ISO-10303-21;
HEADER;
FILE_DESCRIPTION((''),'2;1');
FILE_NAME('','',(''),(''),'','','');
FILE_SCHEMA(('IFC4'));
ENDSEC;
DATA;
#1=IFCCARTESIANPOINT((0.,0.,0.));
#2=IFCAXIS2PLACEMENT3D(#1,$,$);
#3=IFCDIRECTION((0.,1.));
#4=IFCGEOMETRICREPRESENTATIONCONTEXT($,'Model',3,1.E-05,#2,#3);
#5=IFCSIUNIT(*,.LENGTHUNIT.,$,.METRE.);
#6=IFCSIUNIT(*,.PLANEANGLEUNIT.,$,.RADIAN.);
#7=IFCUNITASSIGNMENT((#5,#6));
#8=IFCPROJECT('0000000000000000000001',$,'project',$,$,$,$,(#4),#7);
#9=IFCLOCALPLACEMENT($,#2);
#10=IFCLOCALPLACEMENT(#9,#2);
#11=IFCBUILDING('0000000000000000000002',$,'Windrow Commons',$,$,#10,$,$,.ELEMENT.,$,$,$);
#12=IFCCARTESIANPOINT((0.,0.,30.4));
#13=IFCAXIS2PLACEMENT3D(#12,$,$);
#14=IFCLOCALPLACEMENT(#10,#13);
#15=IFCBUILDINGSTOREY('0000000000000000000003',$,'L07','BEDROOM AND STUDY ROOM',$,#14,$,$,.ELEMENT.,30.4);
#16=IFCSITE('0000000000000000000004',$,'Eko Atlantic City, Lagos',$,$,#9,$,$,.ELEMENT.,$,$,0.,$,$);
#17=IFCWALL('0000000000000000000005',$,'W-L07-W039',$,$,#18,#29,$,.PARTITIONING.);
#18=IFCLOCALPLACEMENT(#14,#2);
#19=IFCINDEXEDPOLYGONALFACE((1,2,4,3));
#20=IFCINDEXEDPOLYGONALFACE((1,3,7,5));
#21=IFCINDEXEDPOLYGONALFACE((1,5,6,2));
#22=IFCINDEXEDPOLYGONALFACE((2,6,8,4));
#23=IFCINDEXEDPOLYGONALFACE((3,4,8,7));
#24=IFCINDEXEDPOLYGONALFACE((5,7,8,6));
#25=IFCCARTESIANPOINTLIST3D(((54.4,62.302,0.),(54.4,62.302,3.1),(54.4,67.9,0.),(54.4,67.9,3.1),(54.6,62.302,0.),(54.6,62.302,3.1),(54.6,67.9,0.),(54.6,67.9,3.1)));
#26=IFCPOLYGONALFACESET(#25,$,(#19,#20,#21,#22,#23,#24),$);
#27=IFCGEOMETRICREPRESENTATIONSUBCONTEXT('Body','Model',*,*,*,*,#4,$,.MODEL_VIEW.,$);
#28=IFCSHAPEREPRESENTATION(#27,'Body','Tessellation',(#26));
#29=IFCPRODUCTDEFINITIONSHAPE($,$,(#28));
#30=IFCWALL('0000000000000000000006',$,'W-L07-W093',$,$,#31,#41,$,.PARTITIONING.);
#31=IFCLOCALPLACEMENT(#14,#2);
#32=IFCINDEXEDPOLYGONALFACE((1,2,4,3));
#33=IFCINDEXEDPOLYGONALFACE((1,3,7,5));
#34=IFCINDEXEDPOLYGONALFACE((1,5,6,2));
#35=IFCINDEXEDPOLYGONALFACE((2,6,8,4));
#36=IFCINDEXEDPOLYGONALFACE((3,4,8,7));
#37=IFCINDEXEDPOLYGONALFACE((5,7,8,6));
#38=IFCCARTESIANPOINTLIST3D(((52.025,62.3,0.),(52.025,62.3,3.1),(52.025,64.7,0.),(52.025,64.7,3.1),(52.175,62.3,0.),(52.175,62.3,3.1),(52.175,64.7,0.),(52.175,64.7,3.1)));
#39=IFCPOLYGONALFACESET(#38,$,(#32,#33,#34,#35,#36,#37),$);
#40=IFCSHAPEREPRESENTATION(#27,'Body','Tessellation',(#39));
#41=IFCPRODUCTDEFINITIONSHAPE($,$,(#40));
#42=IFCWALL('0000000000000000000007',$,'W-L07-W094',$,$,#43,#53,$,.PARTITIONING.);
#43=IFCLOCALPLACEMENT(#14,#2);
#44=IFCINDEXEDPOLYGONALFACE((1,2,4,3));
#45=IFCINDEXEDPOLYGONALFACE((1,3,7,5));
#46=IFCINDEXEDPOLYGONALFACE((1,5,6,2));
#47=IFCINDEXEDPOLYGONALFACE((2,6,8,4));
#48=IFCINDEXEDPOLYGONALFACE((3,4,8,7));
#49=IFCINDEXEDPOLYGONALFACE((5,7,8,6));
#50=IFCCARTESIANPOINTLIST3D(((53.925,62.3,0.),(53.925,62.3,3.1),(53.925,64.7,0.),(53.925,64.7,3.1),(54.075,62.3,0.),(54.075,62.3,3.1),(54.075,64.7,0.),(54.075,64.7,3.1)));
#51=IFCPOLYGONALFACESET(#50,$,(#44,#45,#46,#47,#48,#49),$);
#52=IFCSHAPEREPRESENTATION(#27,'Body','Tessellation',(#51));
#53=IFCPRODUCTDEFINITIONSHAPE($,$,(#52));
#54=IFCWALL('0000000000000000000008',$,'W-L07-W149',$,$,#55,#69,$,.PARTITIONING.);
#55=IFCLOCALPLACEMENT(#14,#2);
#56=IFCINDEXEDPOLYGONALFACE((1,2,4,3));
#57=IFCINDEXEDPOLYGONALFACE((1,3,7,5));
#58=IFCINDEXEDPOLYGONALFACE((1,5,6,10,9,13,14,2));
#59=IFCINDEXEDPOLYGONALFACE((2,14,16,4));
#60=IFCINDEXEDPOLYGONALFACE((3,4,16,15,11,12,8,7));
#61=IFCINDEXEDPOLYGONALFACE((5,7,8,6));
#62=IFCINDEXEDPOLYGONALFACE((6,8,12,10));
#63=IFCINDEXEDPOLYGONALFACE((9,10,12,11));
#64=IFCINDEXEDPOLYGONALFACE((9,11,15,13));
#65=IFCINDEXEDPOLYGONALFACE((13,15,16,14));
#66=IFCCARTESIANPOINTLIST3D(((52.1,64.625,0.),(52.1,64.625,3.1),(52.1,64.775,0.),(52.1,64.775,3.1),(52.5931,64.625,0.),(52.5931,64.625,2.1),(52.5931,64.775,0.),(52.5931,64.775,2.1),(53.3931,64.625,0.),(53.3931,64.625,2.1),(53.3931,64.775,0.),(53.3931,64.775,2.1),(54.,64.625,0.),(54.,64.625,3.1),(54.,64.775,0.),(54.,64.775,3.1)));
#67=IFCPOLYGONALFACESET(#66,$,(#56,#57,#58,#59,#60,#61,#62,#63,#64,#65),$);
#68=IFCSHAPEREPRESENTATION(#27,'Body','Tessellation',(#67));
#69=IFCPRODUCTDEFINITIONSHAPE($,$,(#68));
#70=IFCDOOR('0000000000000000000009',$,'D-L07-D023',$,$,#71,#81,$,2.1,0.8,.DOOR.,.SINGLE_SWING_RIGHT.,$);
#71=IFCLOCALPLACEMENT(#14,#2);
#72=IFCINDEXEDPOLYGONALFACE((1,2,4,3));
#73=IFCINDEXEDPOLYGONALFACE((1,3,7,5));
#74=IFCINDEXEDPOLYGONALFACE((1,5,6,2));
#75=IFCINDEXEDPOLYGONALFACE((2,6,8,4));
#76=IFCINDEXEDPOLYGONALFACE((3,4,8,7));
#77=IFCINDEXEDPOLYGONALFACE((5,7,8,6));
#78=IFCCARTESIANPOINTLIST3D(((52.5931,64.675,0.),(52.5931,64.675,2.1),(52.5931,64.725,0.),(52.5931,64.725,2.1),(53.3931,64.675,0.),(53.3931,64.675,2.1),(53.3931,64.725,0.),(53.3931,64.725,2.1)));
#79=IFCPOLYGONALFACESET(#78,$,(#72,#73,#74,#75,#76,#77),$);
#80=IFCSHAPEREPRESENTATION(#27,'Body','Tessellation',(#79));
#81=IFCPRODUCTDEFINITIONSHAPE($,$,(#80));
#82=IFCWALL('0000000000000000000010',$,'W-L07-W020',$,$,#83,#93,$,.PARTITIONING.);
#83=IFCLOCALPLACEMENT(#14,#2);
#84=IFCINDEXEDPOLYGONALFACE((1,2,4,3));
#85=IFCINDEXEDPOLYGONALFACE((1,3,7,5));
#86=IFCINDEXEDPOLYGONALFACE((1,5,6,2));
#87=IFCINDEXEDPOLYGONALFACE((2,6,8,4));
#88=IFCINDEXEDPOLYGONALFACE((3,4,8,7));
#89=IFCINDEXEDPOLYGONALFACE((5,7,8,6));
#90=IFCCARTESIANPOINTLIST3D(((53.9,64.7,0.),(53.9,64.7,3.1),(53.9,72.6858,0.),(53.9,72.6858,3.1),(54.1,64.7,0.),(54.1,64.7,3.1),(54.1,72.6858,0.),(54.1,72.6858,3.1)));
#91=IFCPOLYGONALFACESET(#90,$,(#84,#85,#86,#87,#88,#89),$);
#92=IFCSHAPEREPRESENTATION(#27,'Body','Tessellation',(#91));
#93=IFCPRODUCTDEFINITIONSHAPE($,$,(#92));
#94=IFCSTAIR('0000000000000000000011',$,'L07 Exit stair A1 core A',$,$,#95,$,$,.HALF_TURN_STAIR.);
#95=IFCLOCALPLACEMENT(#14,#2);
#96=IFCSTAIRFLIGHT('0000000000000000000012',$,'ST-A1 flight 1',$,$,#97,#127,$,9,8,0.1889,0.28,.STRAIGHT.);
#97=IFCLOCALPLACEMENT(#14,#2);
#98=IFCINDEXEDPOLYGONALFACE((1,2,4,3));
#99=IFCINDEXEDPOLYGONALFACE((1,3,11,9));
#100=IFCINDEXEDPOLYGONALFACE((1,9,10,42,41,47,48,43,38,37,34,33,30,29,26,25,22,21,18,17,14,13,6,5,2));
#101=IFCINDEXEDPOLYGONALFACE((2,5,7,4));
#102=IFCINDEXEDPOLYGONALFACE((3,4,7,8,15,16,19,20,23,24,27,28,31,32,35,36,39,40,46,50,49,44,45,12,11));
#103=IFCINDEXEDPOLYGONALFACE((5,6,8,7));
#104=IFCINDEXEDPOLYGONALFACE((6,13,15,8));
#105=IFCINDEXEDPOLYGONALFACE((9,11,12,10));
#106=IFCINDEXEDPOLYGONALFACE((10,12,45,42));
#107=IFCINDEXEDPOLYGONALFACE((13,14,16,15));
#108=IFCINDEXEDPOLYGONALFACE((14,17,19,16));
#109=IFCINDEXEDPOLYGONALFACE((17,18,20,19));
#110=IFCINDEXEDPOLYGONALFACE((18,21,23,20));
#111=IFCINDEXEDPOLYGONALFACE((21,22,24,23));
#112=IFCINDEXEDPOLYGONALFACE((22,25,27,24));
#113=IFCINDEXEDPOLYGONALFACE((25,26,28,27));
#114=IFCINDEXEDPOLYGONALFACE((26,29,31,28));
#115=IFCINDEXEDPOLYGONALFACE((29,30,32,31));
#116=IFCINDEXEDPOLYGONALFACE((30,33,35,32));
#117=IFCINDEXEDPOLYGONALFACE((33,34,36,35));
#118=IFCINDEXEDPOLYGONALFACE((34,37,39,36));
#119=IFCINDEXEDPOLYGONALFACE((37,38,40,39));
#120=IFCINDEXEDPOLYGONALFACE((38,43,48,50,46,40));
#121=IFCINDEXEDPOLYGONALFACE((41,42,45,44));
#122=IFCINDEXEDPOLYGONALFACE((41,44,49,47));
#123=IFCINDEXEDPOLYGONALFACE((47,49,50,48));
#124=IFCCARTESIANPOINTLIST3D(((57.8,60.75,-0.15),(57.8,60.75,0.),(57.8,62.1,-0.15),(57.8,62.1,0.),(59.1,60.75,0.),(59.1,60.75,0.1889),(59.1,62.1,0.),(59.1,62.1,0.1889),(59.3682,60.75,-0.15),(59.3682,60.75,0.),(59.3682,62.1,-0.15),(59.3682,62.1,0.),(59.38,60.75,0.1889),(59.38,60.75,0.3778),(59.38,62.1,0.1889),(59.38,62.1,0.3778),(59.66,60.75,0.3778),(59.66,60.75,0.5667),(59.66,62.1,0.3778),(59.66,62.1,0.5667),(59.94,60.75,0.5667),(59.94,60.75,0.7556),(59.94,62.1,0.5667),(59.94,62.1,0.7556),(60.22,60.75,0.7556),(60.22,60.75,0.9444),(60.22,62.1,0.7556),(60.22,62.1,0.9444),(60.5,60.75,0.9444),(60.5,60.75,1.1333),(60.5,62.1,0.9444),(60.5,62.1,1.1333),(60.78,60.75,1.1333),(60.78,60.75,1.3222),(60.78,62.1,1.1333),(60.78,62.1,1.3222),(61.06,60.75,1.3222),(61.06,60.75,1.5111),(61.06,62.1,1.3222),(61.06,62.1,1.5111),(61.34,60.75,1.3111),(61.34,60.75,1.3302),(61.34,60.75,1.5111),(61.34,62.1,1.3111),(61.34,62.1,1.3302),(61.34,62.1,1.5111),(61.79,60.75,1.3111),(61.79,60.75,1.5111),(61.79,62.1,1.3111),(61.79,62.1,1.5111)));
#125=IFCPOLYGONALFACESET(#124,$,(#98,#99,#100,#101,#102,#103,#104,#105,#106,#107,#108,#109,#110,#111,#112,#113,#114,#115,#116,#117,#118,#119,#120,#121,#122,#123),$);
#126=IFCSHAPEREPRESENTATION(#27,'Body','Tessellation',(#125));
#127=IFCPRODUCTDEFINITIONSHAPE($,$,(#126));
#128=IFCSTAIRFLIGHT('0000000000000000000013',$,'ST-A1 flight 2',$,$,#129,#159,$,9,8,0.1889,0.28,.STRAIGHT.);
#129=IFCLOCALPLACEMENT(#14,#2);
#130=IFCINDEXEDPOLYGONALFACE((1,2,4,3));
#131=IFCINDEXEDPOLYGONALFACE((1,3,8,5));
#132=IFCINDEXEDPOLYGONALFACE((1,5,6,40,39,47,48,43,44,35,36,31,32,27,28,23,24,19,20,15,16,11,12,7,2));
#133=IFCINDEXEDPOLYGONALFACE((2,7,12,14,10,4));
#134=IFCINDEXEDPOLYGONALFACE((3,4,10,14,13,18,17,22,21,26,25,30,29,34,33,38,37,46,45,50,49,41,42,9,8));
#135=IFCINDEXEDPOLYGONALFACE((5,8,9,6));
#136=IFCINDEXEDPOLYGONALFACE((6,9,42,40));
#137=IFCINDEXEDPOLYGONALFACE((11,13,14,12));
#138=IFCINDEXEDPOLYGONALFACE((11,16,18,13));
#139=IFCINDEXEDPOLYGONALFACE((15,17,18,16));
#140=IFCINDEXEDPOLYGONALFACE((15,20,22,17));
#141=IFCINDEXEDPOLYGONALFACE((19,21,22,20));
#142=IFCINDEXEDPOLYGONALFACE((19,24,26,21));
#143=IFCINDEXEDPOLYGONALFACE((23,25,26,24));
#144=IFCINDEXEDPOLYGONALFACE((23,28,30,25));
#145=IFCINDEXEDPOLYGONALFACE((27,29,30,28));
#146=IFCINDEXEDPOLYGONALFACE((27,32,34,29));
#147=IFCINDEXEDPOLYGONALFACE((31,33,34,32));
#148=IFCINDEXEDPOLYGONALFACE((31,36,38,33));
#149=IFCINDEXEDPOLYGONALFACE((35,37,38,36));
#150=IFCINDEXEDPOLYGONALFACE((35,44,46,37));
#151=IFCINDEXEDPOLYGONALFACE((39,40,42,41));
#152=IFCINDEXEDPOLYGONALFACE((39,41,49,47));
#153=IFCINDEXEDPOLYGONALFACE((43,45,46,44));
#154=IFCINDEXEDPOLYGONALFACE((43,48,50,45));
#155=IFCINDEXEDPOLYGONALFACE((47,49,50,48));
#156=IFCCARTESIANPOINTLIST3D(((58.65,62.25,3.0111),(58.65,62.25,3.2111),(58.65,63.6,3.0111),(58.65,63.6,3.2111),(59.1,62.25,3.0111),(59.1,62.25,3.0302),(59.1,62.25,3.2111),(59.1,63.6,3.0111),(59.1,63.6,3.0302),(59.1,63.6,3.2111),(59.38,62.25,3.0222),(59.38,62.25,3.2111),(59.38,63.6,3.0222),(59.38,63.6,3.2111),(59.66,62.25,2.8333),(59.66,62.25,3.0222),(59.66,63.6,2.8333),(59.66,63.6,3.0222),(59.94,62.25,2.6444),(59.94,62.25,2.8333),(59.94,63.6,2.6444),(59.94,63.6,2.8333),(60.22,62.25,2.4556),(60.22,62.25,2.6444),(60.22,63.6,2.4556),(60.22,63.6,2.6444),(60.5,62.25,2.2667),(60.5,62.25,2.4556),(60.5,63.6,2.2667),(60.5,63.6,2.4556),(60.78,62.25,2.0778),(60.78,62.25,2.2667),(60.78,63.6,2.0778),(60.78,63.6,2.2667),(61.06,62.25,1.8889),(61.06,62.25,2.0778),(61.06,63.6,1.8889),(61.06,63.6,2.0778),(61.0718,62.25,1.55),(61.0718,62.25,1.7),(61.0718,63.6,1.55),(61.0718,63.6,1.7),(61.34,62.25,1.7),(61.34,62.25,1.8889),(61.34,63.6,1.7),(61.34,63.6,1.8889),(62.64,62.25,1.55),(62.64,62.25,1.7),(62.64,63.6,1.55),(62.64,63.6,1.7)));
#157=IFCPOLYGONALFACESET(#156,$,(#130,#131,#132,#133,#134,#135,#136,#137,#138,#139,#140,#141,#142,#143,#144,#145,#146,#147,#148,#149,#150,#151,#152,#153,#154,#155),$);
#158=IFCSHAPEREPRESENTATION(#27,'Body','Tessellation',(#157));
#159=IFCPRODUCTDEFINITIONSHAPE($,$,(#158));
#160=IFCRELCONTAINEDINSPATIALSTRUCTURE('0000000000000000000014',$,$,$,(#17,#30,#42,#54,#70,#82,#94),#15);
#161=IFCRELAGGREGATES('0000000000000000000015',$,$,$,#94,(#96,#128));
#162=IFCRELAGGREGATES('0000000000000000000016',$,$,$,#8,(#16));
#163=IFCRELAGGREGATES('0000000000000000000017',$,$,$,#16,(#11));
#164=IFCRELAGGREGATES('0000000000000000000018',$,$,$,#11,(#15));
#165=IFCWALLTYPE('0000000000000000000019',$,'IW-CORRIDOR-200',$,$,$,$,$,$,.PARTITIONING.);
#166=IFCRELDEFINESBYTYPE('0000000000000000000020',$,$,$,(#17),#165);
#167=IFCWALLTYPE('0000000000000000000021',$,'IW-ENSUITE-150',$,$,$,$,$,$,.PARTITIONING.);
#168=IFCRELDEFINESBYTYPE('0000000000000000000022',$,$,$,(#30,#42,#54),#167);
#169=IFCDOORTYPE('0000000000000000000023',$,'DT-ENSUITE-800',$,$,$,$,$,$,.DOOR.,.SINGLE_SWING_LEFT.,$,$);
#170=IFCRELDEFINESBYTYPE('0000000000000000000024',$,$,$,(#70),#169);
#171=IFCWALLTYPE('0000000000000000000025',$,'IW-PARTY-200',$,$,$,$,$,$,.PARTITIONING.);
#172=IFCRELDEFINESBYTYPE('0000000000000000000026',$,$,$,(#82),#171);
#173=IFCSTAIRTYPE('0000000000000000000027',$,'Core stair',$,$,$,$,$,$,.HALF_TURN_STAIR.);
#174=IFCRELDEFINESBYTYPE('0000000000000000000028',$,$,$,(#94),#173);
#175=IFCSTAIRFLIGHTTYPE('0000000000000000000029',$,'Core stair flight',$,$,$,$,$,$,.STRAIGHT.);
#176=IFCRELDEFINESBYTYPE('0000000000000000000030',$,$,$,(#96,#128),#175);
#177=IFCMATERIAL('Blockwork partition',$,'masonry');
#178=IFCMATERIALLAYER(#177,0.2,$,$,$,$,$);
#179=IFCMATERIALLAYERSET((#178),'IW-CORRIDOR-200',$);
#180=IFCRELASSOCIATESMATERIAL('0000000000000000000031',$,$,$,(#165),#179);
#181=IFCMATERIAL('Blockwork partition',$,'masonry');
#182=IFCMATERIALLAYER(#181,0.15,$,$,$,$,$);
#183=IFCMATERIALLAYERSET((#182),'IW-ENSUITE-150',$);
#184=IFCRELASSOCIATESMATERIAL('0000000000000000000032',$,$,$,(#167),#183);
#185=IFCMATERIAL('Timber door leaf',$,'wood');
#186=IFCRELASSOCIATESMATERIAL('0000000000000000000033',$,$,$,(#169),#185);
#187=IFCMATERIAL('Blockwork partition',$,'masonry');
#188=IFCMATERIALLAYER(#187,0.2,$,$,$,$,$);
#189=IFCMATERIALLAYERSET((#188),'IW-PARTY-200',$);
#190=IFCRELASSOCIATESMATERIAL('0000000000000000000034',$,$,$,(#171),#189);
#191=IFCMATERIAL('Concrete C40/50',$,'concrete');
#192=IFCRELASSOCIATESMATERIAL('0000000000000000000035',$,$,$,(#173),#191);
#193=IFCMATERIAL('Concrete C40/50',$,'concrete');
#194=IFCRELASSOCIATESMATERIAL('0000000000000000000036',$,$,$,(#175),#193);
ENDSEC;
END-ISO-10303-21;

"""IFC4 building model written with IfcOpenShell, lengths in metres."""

from ifc_helpers import new_model, si_unit, direction, frame, frame_2d, origin, place, context, subcontext, project, spatial, polyline, rectangle, outline, extrude, material, layer, layer_set, type_object, element, fill, aggregate, save


model = new_model("IFC4")

# Units and contexts
model_context = context("Model", 3, precision=1e-05, world=origin(), true_north=direction((0.0, 1.0)))
body_context = subcontext(model_context, "Body", "Model", "MODEL_VIEW")
ifc_project = project(units=[si_unit("LENGTHUNIT", "METRE"), si_unit("PLANEANGLEUNIT", "RADIAN")], contexts=[model_context])

# Site, building, storey
site_placement = place(None, origin())
site = spatial("IfcSite", under=ifc_project, at=site_placement, Name="Eko Atlantic City, Lagos", CompositionType="ELEMENT", RefElevation=0.0)
building_placement = place(site_placement, origin())
building = spatial("IfcBuilding", under=site, at=building_placement, Name="Windrow Commons", CompositionType="ELEMENT")
storey_placement = place(building_placement, frame((0.0, 0.0, 30.4)))
storey = spatial("IfcBuildingStorey", under=building, at=storey_placement, Name="L07", Description="BEDROOM AND STUDY ROOM", CompositionType="ELEMENT", Elevation=30.4)

# Walls
ifc_material_1 = material(Name="Blockwork partition", Category="masonry")
ifc_layer_1 = layer(ifc_material_1, 0.2)
ifc_layer_set_1 = layer_set([ifc_layer_1], Name="IW-CORRIDOR-200")
wall_type_1 = type_object("IfcWallType", Name="IW-CORRIDOR-200", PredefinedType="PARTITIONING", material=ifc_layer_set_1)
wall_1_placement = place(storey_placement, frame((54.5, 62.302, 0.0), z_axis=(0.0, 0.0, 1.0), x_axis=(0.0, 1.0, 0.0)))
element("IfcWall", 1, at=wall_1_placement, inside=storey, type_object=wall_type_1, Name="W-L07-W039", PredefinedType="PARTITIONING", context=body_context, shape_type="SweptSolid", body=[
    extrude(rectangle(XDim=5.598, YDim=0.2, at=frame_2d((2.799, 0.0))), origin(), (0.0, 0.0, 1.0), 3.1),
])
ifc_material_2 = material(Name="Blockwork partition", Category="masonry")
ifc_layer_2 = layer(ifc_material_2, 0.15)
ifc_layer_set_2 = layer_set([ifc_layer_2], Name="IW-ENSUITE-150")
wall_type_2 = type_object("IfcWallType", Name="IW-ENSUITE-150", PredefinedType="PARTITIONING", material=ifc_layer_set_2)
for number, where, z_axis, x_axis, name in (
    (2, (52.1, 62.3, 0.0), (0.0, 0.0, 1.0), (0.0, 1.0, 0.0), "W-L07-W093"),
    (3, (54.0, 62.3, 0.0), (0.0, 0.0, 1.0), (0.0, 1.0, 0.0), "W-L07-W094"),
):
    element("IfcWall", number, at=place(storey_placement, frame(where, z_axis=z_axis, x_axis=x_axis)), inside=storey, type_object=wall_type_2, Name=name, PredefinedType="PARTITIONING", context=body_context, shape_type="SweptSolid", body=[
        extrude(rectangle(XDim=2.4, YDim=0.15, at=frame_2d((1.2, 0.0))), origin(), (0.0, 0.0, 1.0), 3.1),
    ])

# Wall, opening, door
wall_2_placement = place(storey_placement, frame((52.1, 64.7, 0.0), z_axis=(0.0, 0.0, 1.0), x_axis=(1.0, 0.0, 0.0)))
wall_2 = element("IfcWall", 4, at=wall_2_placement, inside=storey, type_object=wall_type_2, Name="W-L07-W149", PredefinedType="PARTITIONING", context=body_context, shape_type="SweptSolid", body=[
    extrude(rectangle(XDim=1.9, YDim=0.15, at=frame_2d((0.95, 0.0))), origin(), (0.0, 0.0, 1.0), 3.1),
])
opening_placement = place(wall_2_placement, frame((0.4931, 0.0, 0.0)))
opening = element("IfcOpeningElement", 5, at=opening_placement, cuts=wall_2, PredefinedType="OPENING", context=body_context, shape_type="SweptSolid", body=[
    extrude(rectangle(XDim=0.8, YDim=2.1, at=frame_2d((0.4, 1.05))), frame((0.0, 0.085, 0.0), z_axis=(0.0, -1.0, 0.0), x_axis=(1.0, 0.0, 0.0)), (0.0, 0.0, 1.0), 0.17),
])
ifc_material_3 = material(Name="Timber door leaf", Category="wood")
door_type = type_object("IfcDoorType", Name="DT-ENSUITE-800", OperationType="SINGLE_SWING_LEFT", PredefinedType="DOOR", material=ifc_material_3)
door_placement = place(opening_placement, origin())
door = element("IfcDoor", 6, at=door_placement, inside=storey, type_object=door_type, Name="D-L07-D023", OperationType="SINGLE_SWING_RIGHT", OverallHeight=2.1, OverallWidth=0.8, PredefinedType="DOOR", context=body_context, shape_type="SweptSolid", body=[
    extrude(rectangle(XDim=0.8, YDim=2.1, at=frame_2d((0.4, 1.05))), frame((0.0, 0.025, 0.0), z_axis=(0.0, -1.0, 0.0), x_axis=(1.0, 0.0, 0.0)), (0.0, 0.0, 1.0), 0.05),
])
fill(opening, door)

# Wall
ifc_material_4 = material(Name="Blockwork partition", Category="masonry")
ifc_layer_3 = layer(ifc_material_4, 0.2)
ifc_layer_set_3 = layer_set([ifc_layer_3], Name="IW-PARTY-200")
wall_type_3 = type_object("IfcWallType", Name="IW-PARTY-200", PredefinedType="PARTITIONING", material=ifc_layer_set_3)
wall_3_placement = place(storey_placement, frame((54.0, 64.7, 0.0), z_axis=(0.0, 0.0, 1.0), x_axis=(0.0, 1.0, 0.0)))
element("IfcWall", 7, at=wall_3_placement, inside=storey, type_object=wall_type_3, Name="W-L07-W020", PredefinedType="PARTITIONING", context=body_context, shape_type="SweptSolid", body=[
    extrude(rectangle(XDim=7.9859, YDim=0.2, at=frame_2d((3.9929, 0.0))), origin(), (0.0, 0.0, 1.0), 3.1),
])

# Stair, stair flights
ifc_material_5 = material(Name="Concrete C40/50", Category="concrete")
stair_type = type_object("IfcStairType", Name="Core stair", PredefinedType="HALF_TURN_STAIR", material=ifc_material_5)
stair_placement = place(storey_placement, origin())
stair = element("IfcStair", 8, at=stair_placement, inside=storey, type_object=stair_type, Name="L07 Exit stair A1 core A", PredefinedType="HALF_TURN_STAIR")
ifc_material_6 = material(Name="Concrete C40/50", Category="concrete")
stair_flight_type = type_object("IfcStairFlightType", Name="Core stair flight", PredefinedType="STRAIGHT", material=ifc_material_6)
stair_flight_1_placement = place(storey_placement, frame((59.1, 61.425, 0.0), z_axis=(0.0, 0.0, 1.0), x_axis=(1.0, 0.0, 0.0)))
stair_flight_1 = element("IfcStairFlight", 9, at=stair_flight_1_placement, type_object=stair_flight_type, Name="ST-A1 flight 1", NumberOfRisers=9, NumberOfTreads=8, PredefinedType="STRAIGHT", RiserHeight=0.1889, TreadLength=0.28, context=body_context, shape_type="SweptSolid", body=[
    extrude(outline(polyline([(-1.3, -0.15), (-1.3, 0.0), (0.0, 0.0), (0.0, 0.1889), (0.28, 0.1889), (0.28, 0.3778), (0.56, 0.3778), (0.56, 0.5667), (0.84, 0.5667), (0.84, 0.7556), (1.12, 0.7556), (1.12, 0.9444), (1.4, 0.9444), (1.4, 1.1333), (1.68, 1.1333), (1.68, 1.3222), (1.96, 1.3222), (1.96, 1.5111), (2.24, 1.5111), (2.69, 1.5111), (2.69, 1.3111), (2.24, 1.3111), (2.24, 1.3302), (0.2682, 0.0), (0.2682, -0.15), (-1.3, -0.15)])), frame((0.0, 0.675, 0.0), z_axis=(0.0, -1.0, 0.0), x_axis=(1.0, 0.0, 0.0)), (0.0, 0.0, 1.0), 1.35),
])
stair_flight_2_placement = place(storey_placement, frame((61.34, 62.925, 1.7), z_axis=(0.0, 0.0, 1.0), x_axis=(-1.0, 0.0, 0.0)))
stair_flight_2 = element("IfcStairFlight", 10, at=stair_flight_2_placement, type_object=stair_flight_type, Name="ST-A1 flight 2", NumberOfRisers=9, NumberOfTreads=8, PredefinedType="STRAIGHT", RiserHeight=0.1889, TreadLength=0.28, context=body_context, shape_type="SweptSolid", body=[
    extrude(outline(polyline([(-1.3, -0.15), (-1.3, 0.0), (0.0, 0.0), (0.0, 0.1889), (0.28, 0.1889), (0.28, 0.3778), (0.56, 0.3778), (0.56, 0.5667), (0.84, 0.5667), (0.84, 0.7556), (1.12, 0.7556), (1.12, 0.9444), (1.4, 0.9444), (1.4, 1.1333), (1.68, 1.1333), (1.68, 1.3222), (1.96, 1.3222), (1.96, 1.5111), (2.24, 1.5111), (2.69, 1.5111), (2.69, 1.3111), (2.24, 1.3111), (2.24, 1.3302), (0.2682, 0.0), (0.2682, -0.15), (-1.3, -0.15)])), frame((0.0, 0.675, 0.0), z_axis=(0.0, -1.0, 0.0), x_axis=(1.0, 0.0, 0.0)), (0.0, 0.0, 1.0), 1.35),
])
aggregate(stair, [stair_flight_1, stair_flight_2])

save(model, "model.ifc")
